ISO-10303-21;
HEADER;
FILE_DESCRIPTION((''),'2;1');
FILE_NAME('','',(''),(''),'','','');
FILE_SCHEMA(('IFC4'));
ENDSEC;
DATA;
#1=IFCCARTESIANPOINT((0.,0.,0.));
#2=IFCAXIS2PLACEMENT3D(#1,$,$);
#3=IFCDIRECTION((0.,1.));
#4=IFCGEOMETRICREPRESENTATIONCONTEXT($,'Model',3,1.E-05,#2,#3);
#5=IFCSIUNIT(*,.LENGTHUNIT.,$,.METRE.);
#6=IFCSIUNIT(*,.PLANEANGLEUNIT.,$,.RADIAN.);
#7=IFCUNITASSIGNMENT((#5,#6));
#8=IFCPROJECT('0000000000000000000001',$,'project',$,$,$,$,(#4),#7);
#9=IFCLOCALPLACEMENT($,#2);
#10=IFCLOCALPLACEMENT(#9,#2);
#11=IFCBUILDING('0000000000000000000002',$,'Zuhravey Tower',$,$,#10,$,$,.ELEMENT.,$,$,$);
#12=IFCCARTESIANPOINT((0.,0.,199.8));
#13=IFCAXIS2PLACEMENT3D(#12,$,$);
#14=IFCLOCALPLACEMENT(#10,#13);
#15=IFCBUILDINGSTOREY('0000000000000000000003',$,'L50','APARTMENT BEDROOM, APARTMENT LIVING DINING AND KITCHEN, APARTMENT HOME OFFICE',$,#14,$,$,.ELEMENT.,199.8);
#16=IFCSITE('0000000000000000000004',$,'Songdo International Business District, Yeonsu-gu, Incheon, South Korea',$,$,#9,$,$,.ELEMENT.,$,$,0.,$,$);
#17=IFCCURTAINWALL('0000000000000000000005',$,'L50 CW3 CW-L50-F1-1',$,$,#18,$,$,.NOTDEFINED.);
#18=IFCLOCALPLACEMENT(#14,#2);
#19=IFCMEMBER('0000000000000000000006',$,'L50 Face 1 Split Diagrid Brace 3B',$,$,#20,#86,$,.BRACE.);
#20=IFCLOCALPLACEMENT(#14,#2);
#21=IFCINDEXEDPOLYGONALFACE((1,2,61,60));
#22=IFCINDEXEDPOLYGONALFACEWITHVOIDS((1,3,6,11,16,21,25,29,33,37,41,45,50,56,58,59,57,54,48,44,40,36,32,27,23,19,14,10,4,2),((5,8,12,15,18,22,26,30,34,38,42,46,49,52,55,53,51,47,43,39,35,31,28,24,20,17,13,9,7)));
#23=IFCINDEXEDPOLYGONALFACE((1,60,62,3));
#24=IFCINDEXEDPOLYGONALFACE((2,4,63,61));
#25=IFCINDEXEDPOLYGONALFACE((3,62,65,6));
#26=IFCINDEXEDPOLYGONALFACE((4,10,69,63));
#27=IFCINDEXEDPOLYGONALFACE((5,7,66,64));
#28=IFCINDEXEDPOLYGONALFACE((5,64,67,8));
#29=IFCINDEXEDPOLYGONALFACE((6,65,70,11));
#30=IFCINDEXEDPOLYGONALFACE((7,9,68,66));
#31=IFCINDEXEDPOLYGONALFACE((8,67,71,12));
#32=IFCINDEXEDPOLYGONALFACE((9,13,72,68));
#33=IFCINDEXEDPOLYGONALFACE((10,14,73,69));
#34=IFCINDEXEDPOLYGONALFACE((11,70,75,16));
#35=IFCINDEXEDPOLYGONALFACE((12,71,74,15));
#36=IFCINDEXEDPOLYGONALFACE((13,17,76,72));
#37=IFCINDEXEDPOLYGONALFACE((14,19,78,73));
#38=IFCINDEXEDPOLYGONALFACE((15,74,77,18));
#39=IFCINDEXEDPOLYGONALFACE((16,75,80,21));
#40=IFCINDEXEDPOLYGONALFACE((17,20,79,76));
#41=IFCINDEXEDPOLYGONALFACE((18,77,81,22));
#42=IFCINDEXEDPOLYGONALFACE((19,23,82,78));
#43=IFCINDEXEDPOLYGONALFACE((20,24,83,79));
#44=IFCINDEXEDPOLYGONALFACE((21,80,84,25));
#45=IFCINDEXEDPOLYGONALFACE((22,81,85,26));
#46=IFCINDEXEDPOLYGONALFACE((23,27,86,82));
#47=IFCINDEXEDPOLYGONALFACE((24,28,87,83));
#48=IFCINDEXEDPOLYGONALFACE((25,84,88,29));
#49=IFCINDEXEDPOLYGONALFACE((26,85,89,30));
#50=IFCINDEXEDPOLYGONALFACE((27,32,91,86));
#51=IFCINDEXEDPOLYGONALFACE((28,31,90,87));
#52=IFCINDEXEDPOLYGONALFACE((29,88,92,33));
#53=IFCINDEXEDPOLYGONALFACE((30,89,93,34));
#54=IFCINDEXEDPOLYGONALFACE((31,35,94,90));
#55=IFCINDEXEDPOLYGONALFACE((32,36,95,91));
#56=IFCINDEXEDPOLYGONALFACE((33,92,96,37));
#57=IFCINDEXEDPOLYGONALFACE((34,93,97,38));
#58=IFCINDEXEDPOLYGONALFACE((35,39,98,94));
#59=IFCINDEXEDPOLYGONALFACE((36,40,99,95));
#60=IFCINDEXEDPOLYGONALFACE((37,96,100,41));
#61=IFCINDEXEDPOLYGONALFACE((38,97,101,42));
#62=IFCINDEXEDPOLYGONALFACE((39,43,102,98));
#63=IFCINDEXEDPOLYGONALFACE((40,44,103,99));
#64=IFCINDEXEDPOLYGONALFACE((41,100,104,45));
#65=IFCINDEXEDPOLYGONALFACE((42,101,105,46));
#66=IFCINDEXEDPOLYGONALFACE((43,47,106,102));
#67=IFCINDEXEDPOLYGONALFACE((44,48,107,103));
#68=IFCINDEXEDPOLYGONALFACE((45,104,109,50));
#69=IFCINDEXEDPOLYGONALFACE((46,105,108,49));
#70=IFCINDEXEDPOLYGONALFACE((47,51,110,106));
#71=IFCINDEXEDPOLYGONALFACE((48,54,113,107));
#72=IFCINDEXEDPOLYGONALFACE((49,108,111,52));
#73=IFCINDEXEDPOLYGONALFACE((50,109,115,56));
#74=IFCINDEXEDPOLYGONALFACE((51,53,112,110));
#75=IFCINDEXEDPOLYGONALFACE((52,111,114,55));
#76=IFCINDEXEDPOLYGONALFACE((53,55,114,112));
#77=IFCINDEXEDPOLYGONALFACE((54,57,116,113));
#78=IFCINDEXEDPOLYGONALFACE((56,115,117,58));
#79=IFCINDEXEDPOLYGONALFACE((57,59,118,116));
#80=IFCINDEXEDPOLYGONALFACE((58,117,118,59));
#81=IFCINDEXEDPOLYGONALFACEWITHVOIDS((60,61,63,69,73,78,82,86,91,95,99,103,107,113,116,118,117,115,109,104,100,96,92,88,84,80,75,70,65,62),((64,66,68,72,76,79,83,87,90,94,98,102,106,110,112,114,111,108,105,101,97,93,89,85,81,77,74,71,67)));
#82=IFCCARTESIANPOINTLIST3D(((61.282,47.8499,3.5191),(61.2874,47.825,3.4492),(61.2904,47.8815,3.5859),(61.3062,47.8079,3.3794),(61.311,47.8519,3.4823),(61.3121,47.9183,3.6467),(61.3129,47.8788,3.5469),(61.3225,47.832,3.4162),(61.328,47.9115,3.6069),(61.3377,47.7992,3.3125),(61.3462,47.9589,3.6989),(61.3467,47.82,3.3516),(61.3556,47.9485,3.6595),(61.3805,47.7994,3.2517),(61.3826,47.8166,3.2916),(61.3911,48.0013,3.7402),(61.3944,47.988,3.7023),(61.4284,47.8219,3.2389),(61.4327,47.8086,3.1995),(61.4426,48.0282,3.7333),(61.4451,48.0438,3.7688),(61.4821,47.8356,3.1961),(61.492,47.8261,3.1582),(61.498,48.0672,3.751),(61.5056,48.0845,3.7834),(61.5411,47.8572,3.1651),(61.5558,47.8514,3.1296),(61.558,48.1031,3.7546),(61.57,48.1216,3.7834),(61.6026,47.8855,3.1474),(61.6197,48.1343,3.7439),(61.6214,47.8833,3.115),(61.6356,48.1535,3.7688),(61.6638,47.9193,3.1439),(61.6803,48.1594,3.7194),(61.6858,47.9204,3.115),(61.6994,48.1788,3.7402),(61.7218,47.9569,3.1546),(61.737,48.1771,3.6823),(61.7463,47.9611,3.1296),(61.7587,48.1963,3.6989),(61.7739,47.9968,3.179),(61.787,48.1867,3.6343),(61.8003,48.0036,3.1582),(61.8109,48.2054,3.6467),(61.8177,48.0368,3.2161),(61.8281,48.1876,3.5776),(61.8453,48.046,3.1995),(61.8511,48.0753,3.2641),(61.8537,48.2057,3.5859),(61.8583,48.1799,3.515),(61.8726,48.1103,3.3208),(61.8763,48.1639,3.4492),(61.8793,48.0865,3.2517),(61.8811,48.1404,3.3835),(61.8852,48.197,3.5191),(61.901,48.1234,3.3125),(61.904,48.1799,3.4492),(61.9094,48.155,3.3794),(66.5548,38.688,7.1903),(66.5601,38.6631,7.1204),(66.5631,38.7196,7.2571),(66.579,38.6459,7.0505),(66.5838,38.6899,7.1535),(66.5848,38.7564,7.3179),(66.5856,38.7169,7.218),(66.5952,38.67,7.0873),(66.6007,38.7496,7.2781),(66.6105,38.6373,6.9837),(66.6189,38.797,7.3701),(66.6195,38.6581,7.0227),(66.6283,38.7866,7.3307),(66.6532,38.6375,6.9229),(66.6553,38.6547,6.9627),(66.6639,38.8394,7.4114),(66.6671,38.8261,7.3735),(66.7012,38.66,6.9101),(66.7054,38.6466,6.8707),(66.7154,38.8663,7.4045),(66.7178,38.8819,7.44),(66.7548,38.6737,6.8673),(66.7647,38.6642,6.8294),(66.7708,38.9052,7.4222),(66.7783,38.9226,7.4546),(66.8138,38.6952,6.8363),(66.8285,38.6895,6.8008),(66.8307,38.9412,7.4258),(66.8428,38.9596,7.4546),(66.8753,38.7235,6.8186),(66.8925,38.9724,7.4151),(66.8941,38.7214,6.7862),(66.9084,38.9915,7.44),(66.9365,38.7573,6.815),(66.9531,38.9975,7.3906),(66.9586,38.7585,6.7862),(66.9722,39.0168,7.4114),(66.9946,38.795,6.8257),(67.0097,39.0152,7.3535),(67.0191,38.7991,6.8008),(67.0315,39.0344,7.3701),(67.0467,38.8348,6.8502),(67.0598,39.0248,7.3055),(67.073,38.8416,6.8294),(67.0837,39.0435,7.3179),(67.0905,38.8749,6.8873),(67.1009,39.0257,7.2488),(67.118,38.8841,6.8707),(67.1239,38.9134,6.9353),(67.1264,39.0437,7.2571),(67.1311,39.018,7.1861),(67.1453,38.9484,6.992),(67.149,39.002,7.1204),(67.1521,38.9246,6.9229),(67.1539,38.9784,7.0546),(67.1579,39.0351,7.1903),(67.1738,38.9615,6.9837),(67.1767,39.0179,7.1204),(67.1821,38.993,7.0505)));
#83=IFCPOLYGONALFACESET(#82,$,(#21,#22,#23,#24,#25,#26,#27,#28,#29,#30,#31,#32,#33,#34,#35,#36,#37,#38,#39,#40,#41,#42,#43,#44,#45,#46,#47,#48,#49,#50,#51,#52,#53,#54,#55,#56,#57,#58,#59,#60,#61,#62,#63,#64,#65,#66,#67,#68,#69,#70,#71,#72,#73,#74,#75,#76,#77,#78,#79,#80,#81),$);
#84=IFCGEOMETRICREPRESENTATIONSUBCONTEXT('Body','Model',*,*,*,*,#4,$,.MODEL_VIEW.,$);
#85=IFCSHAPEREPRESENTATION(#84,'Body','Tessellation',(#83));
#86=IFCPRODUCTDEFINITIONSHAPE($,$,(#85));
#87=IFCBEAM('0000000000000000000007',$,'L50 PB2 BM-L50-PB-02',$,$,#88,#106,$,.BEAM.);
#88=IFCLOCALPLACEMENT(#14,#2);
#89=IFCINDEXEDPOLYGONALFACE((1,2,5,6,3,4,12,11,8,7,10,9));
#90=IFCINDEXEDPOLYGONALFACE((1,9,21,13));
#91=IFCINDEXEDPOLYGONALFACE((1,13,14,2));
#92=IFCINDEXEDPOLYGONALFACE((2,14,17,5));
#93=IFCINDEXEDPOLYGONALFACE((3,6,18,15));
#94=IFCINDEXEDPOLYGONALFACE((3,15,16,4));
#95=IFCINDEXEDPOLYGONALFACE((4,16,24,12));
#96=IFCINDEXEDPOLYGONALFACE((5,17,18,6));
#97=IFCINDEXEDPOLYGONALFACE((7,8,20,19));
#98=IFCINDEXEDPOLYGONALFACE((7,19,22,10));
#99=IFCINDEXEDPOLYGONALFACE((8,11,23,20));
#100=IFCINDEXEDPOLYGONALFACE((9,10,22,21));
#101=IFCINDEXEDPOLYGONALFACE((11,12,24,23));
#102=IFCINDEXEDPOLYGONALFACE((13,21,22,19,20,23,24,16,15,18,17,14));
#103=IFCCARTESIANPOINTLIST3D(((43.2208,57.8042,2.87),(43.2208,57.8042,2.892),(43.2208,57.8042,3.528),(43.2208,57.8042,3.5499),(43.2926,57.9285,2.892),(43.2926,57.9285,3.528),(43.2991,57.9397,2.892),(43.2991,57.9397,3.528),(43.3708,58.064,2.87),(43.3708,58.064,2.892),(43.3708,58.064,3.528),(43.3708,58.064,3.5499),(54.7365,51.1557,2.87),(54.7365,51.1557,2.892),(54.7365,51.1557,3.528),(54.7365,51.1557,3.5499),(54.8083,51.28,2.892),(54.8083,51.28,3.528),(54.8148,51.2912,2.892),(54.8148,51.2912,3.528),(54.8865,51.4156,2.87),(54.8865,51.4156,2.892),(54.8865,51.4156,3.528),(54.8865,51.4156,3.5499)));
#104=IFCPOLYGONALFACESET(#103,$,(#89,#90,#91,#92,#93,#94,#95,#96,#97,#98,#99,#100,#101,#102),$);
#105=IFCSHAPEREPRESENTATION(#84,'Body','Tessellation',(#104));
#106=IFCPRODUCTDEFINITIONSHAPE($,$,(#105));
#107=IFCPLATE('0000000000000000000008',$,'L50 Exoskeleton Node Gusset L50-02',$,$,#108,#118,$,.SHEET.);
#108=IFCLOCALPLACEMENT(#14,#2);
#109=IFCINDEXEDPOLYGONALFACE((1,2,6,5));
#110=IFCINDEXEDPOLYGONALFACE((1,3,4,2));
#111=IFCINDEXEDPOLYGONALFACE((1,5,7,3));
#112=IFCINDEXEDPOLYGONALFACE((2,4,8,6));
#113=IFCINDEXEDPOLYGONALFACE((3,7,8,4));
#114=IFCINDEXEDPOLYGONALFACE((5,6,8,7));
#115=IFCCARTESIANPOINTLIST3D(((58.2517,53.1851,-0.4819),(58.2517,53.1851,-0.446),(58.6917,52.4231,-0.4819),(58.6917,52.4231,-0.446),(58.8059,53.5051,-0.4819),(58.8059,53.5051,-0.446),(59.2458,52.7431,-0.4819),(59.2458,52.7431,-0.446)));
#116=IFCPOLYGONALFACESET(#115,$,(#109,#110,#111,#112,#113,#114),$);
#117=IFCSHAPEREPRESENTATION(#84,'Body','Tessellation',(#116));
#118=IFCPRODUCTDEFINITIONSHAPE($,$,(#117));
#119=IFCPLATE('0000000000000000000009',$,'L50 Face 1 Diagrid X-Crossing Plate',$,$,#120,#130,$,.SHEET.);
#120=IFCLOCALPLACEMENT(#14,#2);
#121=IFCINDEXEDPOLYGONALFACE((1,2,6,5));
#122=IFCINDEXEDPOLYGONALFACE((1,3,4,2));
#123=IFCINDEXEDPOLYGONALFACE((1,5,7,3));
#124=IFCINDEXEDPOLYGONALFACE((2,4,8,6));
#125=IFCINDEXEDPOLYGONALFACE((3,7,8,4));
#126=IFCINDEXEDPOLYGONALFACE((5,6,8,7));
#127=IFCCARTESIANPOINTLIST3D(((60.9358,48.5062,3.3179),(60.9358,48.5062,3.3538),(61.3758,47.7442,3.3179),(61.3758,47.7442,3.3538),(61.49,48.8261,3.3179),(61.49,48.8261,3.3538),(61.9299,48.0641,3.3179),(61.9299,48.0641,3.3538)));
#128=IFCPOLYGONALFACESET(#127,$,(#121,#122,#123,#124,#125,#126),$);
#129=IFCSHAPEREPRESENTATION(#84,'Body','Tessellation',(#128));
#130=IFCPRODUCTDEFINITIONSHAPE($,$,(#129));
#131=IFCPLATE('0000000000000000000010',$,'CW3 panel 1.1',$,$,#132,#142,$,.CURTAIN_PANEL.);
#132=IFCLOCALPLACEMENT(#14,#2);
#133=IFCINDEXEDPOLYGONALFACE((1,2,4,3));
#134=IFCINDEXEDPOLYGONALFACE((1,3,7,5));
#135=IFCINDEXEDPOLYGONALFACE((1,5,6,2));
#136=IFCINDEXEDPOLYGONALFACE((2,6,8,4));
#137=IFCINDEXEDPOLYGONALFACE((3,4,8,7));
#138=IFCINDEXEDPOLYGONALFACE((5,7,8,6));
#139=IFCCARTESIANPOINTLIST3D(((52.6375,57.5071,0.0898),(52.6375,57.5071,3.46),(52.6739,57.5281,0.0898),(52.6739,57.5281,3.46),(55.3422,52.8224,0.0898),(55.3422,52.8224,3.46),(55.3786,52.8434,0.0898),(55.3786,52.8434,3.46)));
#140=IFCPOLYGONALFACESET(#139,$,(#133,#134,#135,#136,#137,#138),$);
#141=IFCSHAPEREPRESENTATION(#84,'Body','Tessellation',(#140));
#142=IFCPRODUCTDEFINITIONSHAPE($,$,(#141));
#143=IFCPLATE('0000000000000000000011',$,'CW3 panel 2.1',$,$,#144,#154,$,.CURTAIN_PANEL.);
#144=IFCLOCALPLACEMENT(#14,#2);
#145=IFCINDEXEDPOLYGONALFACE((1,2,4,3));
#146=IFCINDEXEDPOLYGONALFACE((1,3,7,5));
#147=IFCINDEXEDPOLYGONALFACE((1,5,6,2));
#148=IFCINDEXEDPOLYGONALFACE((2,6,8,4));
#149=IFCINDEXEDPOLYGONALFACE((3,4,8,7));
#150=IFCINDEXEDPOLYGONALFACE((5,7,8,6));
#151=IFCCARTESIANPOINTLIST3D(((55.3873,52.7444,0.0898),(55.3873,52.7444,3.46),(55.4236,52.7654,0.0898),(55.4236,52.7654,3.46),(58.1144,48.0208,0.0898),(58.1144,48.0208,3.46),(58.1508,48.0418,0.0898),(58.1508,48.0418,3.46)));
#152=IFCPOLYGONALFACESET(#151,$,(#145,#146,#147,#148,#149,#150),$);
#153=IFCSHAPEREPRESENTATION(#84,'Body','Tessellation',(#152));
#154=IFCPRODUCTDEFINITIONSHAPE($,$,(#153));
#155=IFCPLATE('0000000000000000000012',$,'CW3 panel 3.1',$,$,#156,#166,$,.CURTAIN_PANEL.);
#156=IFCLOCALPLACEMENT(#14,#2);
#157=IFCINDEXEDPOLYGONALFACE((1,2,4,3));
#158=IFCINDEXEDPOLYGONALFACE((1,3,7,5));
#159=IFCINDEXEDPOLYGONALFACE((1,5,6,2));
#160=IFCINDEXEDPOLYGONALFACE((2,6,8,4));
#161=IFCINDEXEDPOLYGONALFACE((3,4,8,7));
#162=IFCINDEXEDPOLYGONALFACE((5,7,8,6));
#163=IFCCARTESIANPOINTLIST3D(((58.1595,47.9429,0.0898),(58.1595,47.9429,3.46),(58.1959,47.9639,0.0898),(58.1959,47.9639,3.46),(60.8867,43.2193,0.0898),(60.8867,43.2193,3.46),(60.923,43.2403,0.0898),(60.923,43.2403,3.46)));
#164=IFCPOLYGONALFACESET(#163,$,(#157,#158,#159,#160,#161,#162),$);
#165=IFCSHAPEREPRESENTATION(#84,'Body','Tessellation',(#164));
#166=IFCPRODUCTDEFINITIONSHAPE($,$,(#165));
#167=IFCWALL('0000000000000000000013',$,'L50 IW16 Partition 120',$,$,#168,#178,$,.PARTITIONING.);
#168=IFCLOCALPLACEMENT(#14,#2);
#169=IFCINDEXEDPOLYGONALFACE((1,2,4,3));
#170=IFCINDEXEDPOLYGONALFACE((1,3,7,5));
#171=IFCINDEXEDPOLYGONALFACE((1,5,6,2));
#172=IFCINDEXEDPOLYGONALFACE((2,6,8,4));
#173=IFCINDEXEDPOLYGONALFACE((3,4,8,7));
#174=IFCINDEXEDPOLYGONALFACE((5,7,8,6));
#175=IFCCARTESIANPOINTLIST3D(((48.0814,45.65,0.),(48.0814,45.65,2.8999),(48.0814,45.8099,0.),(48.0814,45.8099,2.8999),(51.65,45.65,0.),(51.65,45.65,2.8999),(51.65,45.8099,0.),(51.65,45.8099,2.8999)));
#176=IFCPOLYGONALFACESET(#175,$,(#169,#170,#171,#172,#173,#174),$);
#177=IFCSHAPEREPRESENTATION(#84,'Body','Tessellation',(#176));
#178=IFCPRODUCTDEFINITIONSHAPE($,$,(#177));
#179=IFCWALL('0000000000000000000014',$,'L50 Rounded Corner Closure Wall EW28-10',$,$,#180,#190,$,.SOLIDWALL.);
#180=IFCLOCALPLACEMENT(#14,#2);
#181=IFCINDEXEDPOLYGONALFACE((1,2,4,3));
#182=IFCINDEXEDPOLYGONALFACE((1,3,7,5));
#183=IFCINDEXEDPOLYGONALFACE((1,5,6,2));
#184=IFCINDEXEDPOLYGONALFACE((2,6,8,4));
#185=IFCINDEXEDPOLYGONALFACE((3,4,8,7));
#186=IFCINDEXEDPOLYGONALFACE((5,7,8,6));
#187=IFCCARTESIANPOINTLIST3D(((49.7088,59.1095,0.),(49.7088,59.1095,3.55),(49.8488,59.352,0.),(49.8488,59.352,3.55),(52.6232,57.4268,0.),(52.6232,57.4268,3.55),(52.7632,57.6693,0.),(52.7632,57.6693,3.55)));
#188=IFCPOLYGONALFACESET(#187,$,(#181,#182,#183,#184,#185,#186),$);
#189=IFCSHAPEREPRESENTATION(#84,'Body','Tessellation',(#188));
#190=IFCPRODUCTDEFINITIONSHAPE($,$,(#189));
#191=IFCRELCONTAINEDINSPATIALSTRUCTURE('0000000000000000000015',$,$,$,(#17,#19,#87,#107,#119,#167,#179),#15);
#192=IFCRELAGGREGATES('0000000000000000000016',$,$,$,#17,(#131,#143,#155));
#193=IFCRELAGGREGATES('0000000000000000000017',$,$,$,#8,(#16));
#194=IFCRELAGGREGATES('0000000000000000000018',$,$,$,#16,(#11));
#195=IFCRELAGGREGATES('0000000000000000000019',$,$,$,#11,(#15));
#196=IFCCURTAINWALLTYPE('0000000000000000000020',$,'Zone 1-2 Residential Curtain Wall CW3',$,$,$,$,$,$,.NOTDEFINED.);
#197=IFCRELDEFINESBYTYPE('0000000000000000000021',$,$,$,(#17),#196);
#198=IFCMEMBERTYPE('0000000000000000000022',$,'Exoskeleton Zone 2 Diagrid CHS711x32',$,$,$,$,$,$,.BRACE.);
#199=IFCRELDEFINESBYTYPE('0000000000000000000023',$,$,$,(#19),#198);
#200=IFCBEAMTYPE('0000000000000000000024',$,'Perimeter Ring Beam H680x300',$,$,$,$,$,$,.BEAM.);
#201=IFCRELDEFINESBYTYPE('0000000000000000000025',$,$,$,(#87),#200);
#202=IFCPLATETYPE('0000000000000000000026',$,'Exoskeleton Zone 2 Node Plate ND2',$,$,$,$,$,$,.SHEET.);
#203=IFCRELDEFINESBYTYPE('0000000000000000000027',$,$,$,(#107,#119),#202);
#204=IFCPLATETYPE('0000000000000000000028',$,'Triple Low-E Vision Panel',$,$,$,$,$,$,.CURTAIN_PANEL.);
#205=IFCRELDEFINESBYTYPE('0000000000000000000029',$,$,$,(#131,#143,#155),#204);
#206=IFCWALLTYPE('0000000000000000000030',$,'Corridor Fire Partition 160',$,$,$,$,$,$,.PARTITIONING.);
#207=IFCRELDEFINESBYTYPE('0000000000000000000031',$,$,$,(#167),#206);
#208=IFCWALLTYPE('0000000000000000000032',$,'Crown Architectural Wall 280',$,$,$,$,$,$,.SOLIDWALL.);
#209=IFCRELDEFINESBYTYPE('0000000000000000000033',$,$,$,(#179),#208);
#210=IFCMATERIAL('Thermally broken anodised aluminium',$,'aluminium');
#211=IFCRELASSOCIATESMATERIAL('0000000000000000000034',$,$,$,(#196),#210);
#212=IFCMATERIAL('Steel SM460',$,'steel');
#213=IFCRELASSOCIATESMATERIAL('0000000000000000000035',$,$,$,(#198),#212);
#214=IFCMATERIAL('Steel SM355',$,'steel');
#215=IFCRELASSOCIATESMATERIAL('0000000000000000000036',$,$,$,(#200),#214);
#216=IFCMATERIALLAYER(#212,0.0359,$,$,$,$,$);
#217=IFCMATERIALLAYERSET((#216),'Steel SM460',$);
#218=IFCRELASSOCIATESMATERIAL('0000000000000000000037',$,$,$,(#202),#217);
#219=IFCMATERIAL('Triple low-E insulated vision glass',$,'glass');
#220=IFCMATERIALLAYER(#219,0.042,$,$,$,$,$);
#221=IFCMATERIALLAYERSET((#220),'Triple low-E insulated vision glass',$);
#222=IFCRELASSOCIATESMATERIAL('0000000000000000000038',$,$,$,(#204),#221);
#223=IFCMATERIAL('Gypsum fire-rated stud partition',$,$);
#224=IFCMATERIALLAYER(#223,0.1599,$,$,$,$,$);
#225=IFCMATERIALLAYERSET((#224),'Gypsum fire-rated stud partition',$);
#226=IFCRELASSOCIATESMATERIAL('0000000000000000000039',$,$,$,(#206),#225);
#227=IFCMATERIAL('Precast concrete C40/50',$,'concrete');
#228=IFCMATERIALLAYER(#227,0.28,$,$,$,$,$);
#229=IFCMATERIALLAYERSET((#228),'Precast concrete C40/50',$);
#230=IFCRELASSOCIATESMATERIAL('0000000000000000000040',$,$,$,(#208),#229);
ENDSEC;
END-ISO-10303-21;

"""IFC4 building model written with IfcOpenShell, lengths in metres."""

from ifc_helpers import new_model, si_unit, direction, frame, frame_2d, origin, origin_2d, place, context, subcontext, project, spatial, rectangle, hollow_circle, i_section, extrude, material, layer, layer_set, material_profile, profile_set, type_object, element, aggregate, save


model = new_model("IFC4")

# Units and contexts
model_context = context("Model", 3, precision=1e-05, world=origin(), true_north=direction((0.0, 1.0)))
body_context = subcontext(model_context, "Body", "Model", "MODEL_VIEW")
ifc_project = project(units=[si_unit("LENGTHUNIT", "METRE"), si_unit("PLANEANGLEUNIT", "RADIAN")], contexts=[model_context])

# Site, building, storey
site_placement = place(None, origin())
site = spatial("IfcSite", under=ifc_project, at=site_placement, Name="Songdo International Business District, Yeonsu-gu, Incheon, South Korea", CompositionType="ELEMENT", RefElevation=0.0)
building_placement = place(site_placement, origin())
building = spatial("IfcBuilding", under=site, at=building_placement, Name="Zuhravey Tower", CompositionType="ELEMENT")
storey_placement = place(building_placement, frame((0.0, 0.0, 199.8)))
storey = spatial("IfcBuildingStorey", under=building, at=storey_placement, Name="L50", Description="APARTMENT BEDROOM, APARTMENT LIVING DINING AND KITCHEN, APARTMENT HOME OFFICE", CompositionType="ELEMENT", Elevation=199.8)

# Shared definitions
ifc_material_1 = material(Name="Thermally broken anodised aluminium", Category="aluminium")
curtain_wall_type = type_object("IfcCurtainWallType", Name="Zone 1-2 Residential Curtain Wall CW3", PredefinedType="NOTDEFINED", material=ifc_material_1)

# Curtain wall
curtain_wall_1_placement = place(storey_placement, origin())
curtain_wall_1 = element("IfcCurtainWall", 1, at=curtain_wall_1_placement, inside=storey, type_object=curtain_wall_type, Name="L50 CW3 CW-L50-F1-1", PredefinedType="NOTDEFINED")

# Member
ifc_material_2 = material(Name="Steel SM460", Category="steel")
ifc_material_profile_1 = material_profile(ifc_material_2, hollow_circle(Radius=0.3557, WallThickness=0.032, at=origin_2d()), Name="CHS-711.2x32")
ifc_profile_set_1 = profile_set([ifc_material_profile_1], Name="Steel SM460")
member_type_1 = type_object("IfcMemberType", Name="Exoskeleton Zone 2 Diagrid CHS711x32", PredefinedType="BRACE", material=ifc_profile_set_1)
member_1_placement = place(storey_placement, frame((61.5957, 48.0024, 3.4492), z_axis=(0.471193, -0.818747, 0.32807), x_axis=(0.866717, 0.4988, 0.0)))
element("IfcMember", 2, at=member_1_placement, inside=storey, type_object=member_type_1, Name="L50 Face 1 Split Diagrid Brace 3B", PredefinedType="BRACE", context=body_context, shape_type="SweptSolid", body=[
    extrude(hollow_circle(Radius=0.3557, WallThickness=0.032, at=origin_2d()), origin(), (0.0, 0.0, 1.0), 11.1902),
])

# Beam
ifc_material_3 = material(Name="Steel SM355", Category="steel")
ifc_material_profile_2 = material_profile(ifc_material_3, i_section(OverallWidth=0.3, OverallDepth=0.6799, WebThickness=0.0129, FlangeThickness=0.022, at=origin_2d()), Name="H-680x300x13x22")
ifc_profile_set_2 = profile_set([ifc_material_profile_2], Name="Steel SM355")
beam_type = type_object("IfcBeamType", Name="Perimeter Ring Beam H680x300", PredefinedType="BEAM", material=ifc_profile_set_2)
beam_placement = place(storey_placement, frame((54.8115, 51.2856, 3.21), z_axis=(-0.866029, 0.499994, 0.0), x_axis=(-0.499994, -0.866029, 0.0)))
element("IfcBeam", 3, at=beam_placement, inside=storey, type_object=beam_type, Name="L50 PB2 BM-L50-PB-02", PredefinedType="BEAM", context=body_context, shape_type="SweptSolid", body=[
    extrude(i_section(OverallWidth=0.3, OverallDepth=0.6799, WebThickness=0.0129, FlangeThickness=0.022, at=origin_2d()), origin(), (0.0, 0.0, 1.0), 13.2971),
])

# Plates
ifc_layer_1 = layer(ifc_material_2, 0.0359)
ifc_layer_set_1 = layer_set([ifc_layer_1], Name="Steel SM460")
plate_type_1 = type_object("IfcPlateType", Name="Exoskeleton Zone 2 Node Plate ND2", PredefinedType="SHEET", material=ifc_layer_set_1)
for number, where, z_axis, x_axis, name in (
    (4, (58.7488, 52.9641, -0.4819), (0.0, 0.0, 1.0), (-0.5, 0.866025, 0.0), "L50 Exoskeleton Node Gusset L50-02"),
    (5, (61.4329, 48.2852, 3.3179), (0.0, 0.0, 1.0), (-0.5, 0.866025, 0.0), "L50 Face 1 Diagrid X-Crossing Plate"),
):
    element("IfcPlate", number, at=place(storey_placement, frame(where, z_axis=z_axis, x_axis=x_axis)), inside=storey, type_object=plate_type_1, Name=name, PredefinedType="SHEET", context=body_context, shape_type="SweptSolid", body=[
        extrude(rectangle(XDim=0.8799, YDim=0.6399, at=origin_2d()), origin(), (0.0, 0.0, 1.0), 0.0359),
    ])

# Plates
ifc_material_4 = material(Name="Triple low-E insulated vision glass", Category="glass")
ifc_layer_2 = layer(ifc_material_4, 0.042)
ifc_layer_set_2 = layer_set([ifc_layer_2], Name="Triple low-E insulated vision glass")
plate_type_2 = type_object("IfcPlateType", Name="Triple Low-E Vision Panel", PredefinedType="CURTAIN_PANEL", material=ifc_layer_set_2)
plate_1_placement = place(storey_placement, frame((54.0081, 55.1753, 0.0898), z_axis=(0.0, 0.0, 1.0), x_axis=(0.5, -0.866025, 0.0)))
plate_1 = element("IfcPlate", 6, at=plate_1_placement, type_object=plate_type_2, Name="CW3 panel 1.1", PredefinedType="CURTAIN_PANEL", context=body_context, shape_type="SweptSolid", body=[
    extrude(rectangle(XDim=5.4094, YDim=0.042, at=origin_2d()), origin(), (0.0, 0.0, 1.0), 3.3701),
])
plate_2_placement = place(storey_placement, frame((56.769, 50.3931, 0.0898), z_axis=(0.0, 0.0, 1.0), x_axis=(0.5, -0.866025, 0.0)))
plate_2 = element("IfcPlate", 7, at=plate_2_placement, type_object=plate_type_2, Name="CW3 panel 2.1", PredefinedType="CURTAIN_PANEL", context=body_context, shape_type="SweptSolid", body=[
    extrude(rectangle(XDim=5.4543, YDim=0.042, at=origin_2d()), origin(), (0.0, 0.0, 1.0), 3.3701),
])
plate_3_placement = place(storey_placement, frame((59.5413, 45.5916, 0.0898), z_axis=(0.0, 0.0, 1.0), x_axis=(0.5, -0.866025, 0.0)))
plate_3 = element("IfcPlate", 8, at=plate_3_placement, type_object=plate_type_2, Name="CW3 panel 3.1", PredefinedType="CURTAIN_PANEL", context=body_context, shape_type="SweptSolid", body=[
    extrude(rectangle(XDim=5.4543, YDim=0.042, at=origin_2d()), origin(), (0.0, 0.0, 1.0), 3.3701),
])
aggregate(curtain_wall_1, [plate_1, plate_2, plate_3])

# Walls
ifc_material_5 = material(Name="Gypsum fire-rated stud partition")
ifc_layer_3 = layer(ifc_material_5, 0.1599)
ifc_layer_set_3 = layer_set([ifc_layer_3], Name="Gypsum fire-rated stud partition")
wall_type_1 = type_object("IfcWallType", Name="Corridor Fire Partition 160", PredefinedType="PARTITIONING", material=ifc_layer_set_3)
wall_1_placement = place(storey_placement, frame((51.6499, 45.73, 0.0), z_axis=(0.0, 0.0, 1.0), x_axis=(-1.0, 0.0, 0.0)))
element("IfcWall", 9, at=wall_1_placement, inside=storey, type_object=wall_type_1, Name="L50 IW16 Partition 120", PredefinedType="PARTITIONING", context=body_context, shape_type="SweptSolid", body=[
    extrude(rectangle(XDim=3.5686, YDim=0.1599, at=frame_2d((1.7842, 0.0))), origin(), (0.0, 0.0, 1.0), 2.8999),
])
ifc_material_6 = material(Name="Precast concrete C40/50", Category="concrete")
ifc_layer_4 = layer(ifc_material_6, 0.28)
ifc_layer_set_4 = layer_set([ifc_layer_4], Name="Precast concrete C40/50")
wall_type_2 = type_object("IfcWallType", Name="Crown Architectural Wall 280", PredefinedType="SOLIDWALL", material=ifc_layer_set_4)
wall_2_placement = place(storey_placement, frame((49.7788, 59.2307, 0.0), z_axis=(0.0, 0.0, 1.0), x_axis=(0.86602, -0.500009, 0.0)))
element("IfcWall", 10, at=wall_2_placement, inside=storey, type_object=wall_type_2, Name="L50 Rounded Corner Closure Wall EW28-10", PredefinedType="SOLIDWALL", context=body_context, shape_type="SweptSolid", body=[
    extrude(rectangle(XDim=3.3652, YDim=0.28, at=frame_2d((1.6826, 0.0))), origin(), (0.0, 0.0, 1.0), 3.55),
])

save(model, "model.ifc")
